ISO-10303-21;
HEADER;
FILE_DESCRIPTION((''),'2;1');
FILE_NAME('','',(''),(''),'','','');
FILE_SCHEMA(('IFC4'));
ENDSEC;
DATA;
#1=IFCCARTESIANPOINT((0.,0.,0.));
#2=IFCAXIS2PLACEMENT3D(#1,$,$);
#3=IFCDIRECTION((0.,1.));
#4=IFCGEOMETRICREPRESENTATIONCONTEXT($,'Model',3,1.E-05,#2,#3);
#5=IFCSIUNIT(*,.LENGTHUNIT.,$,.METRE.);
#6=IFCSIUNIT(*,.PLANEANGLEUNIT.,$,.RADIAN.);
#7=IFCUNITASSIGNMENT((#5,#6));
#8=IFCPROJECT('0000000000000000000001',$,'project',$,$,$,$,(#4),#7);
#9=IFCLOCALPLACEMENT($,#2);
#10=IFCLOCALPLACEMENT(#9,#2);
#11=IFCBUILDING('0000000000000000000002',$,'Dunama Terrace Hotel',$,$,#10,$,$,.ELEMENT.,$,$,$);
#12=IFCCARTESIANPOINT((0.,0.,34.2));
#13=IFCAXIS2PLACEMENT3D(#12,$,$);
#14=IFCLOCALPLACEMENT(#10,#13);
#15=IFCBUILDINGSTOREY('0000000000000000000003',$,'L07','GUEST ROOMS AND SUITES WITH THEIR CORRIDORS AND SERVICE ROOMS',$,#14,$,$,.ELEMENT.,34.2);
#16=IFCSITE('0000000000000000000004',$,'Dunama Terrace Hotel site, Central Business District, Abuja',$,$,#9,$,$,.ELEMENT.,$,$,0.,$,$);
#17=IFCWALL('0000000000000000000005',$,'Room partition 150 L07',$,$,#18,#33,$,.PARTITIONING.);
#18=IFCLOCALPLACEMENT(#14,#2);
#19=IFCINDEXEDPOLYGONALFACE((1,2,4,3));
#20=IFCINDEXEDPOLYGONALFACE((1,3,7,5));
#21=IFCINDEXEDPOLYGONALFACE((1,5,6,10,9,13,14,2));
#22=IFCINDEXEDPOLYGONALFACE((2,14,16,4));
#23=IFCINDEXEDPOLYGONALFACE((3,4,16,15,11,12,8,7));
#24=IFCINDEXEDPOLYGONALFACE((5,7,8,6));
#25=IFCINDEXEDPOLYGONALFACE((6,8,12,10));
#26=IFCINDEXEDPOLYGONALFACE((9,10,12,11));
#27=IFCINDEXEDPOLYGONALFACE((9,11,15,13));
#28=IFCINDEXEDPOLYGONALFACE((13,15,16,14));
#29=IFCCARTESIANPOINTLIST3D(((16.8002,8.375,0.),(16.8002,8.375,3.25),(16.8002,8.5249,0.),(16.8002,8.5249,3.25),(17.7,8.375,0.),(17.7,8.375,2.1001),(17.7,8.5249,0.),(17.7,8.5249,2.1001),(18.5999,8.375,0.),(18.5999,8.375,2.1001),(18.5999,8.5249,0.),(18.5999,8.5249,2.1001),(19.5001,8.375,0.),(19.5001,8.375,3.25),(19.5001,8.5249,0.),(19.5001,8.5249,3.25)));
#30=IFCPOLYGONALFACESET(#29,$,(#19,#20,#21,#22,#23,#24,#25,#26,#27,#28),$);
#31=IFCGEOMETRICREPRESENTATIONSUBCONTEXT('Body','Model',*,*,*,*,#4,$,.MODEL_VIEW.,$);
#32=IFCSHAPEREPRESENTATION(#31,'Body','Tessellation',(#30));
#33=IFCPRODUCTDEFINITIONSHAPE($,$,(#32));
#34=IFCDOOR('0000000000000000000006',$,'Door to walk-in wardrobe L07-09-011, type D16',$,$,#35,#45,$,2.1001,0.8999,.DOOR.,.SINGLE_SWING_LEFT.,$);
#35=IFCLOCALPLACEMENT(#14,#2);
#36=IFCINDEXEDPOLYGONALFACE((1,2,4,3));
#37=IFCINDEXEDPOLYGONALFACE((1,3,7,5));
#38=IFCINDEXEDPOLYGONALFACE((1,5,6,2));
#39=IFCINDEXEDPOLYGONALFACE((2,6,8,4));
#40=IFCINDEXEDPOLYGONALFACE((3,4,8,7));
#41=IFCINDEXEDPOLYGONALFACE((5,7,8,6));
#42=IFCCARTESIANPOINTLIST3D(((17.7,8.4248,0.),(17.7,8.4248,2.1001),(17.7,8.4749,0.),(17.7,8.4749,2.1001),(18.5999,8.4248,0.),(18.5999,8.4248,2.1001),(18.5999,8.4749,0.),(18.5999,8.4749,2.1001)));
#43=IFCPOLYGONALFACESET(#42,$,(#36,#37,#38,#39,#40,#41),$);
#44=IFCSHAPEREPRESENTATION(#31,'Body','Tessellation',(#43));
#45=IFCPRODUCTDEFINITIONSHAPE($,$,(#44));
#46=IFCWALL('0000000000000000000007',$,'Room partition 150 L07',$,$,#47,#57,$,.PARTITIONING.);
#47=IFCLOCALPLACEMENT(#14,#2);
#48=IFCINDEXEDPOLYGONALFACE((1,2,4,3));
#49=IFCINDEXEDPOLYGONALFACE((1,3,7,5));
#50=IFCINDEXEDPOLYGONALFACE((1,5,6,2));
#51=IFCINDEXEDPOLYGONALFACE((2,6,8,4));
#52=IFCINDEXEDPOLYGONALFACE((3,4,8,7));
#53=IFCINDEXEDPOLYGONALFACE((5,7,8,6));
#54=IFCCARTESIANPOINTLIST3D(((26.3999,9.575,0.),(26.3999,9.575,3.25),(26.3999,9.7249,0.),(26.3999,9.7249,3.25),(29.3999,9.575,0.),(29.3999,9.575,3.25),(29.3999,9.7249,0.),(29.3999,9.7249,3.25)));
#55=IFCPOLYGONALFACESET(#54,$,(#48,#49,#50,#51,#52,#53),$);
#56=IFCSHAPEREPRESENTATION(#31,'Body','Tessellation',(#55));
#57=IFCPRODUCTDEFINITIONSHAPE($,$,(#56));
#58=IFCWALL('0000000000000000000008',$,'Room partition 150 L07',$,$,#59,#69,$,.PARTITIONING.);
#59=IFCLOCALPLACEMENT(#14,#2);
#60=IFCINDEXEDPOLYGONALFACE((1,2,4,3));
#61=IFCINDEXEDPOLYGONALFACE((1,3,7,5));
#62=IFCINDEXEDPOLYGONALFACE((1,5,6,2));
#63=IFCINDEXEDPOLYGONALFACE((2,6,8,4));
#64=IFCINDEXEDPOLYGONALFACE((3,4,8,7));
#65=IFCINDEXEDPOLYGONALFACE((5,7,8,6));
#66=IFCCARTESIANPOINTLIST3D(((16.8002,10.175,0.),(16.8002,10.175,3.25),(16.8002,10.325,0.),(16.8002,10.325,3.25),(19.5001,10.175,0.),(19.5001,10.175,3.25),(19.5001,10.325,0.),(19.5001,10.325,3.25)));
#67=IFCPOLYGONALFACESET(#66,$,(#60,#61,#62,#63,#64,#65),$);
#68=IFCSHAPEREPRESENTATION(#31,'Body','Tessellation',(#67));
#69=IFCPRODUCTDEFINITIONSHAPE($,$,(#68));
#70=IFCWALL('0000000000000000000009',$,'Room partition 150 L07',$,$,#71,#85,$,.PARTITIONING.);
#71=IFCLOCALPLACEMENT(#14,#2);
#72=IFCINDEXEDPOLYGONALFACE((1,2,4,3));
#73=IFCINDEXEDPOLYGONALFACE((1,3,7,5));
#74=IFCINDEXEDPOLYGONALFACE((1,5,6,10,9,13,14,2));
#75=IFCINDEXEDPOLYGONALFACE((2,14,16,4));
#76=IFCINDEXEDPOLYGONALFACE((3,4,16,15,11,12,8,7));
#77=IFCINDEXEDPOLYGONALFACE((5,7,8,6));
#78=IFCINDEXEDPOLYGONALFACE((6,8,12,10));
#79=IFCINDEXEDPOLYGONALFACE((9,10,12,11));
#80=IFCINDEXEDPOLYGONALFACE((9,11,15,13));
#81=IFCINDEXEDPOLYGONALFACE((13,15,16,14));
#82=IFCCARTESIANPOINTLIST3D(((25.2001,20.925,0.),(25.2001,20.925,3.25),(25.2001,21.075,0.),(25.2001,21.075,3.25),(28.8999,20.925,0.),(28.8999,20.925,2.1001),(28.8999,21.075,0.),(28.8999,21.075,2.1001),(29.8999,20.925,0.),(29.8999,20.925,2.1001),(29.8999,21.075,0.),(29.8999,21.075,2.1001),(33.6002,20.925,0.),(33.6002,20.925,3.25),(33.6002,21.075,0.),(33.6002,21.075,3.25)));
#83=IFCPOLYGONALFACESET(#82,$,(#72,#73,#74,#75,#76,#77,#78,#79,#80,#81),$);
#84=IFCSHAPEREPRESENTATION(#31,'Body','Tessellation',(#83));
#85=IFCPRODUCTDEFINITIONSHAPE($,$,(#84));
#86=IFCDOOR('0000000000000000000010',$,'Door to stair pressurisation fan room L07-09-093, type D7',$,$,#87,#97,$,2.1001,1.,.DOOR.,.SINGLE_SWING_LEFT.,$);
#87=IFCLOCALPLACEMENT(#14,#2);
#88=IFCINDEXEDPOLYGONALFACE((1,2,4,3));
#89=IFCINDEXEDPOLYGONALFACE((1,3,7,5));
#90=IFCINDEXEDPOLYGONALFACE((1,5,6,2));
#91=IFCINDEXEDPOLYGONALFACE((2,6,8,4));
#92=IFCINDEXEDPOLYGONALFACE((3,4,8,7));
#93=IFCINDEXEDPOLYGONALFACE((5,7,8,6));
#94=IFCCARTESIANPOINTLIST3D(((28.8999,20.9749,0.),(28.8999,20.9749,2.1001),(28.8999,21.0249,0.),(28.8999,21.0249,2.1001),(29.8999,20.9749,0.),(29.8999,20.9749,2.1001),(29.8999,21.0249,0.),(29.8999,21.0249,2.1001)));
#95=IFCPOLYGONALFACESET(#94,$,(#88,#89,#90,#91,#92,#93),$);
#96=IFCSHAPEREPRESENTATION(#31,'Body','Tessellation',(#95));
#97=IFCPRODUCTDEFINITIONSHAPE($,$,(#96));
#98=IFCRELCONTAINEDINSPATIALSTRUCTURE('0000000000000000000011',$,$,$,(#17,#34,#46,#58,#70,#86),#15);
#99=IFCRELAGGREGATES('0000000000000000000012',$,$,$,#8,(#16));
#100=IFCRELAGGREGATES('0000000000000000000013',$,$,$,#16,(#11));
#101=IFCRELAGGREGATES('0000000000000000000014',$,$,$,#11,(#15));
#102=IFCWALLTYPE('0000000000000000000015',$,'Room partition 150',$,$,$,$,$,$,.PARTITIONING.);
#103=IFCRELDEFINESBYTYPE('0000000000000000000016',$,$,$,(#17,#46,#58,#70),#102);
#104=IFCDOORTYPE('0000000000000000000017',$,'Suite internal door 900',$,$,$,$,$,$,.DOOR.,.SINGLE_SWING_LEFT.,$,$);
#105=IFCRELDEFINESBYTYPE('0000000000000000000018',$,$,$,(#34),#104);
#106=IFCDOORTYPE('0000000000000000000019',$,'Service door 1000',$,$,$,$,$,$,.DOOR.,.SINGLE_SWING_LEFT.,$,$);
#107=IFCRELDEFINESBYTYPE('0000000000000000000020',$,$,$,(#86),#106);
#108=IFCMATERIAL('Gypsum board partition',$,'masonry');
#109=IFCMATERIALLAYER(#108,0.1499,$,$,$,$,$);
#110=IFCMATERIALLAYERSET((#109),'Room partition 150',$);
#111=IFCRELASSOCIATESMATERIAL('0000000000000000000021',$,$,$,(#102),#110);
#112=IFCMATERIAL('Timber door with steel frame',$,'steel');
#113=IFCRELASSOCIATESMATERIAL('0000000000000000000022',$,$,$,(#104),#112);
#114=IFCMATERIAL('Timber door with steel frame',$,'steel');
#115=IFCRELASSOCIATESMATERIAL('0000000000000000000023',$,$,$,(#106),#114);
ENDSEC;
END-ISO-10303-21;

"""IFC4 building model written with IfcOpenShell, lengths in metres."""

from ifc_helpers import new_model, si_unit, direction, frame, frame_2d, origin, place, context, subcontext, project, spatial, rectangle, extrude, material, layer, layer_set, type_object, element, fill, save


model = new_model("IFC4")

# Units and contexts
model_context = context("Model", 3, precision=1e-05, world=origin(), true_north=direction((0.0, 1.0)))
body_context = subcontext(model_context, "Body", "Model", "MODEL_VIEW")
ifc_project = project(units=[si_unit("LENGTHUNIT", "METRE"), si_unit("PLANEANGLEUNIT", "RADIAN")], contexts=[model_context])

# Site, building, storey
site_placement = place(None, origin())
site = spatial("IfcSite", under=ifc_project, at=site_placement, Name="Dunama Terrace Hotel site, Central Business District, Abuja", CompositionType="ELEMENT", RefElevation=0.0)
building_placement = place(site_placement, origin())
building = spatial("IfcBuilding", under=site, at=building_placement, Name="Dunama Terrace Hotel", CompositionType="ELEMENT")
storey_placement = place(building_placement, frame((0.0, 0.0, 34.2)))
storey = spatial("IfcBuildingStorey", under=building, at=storey_placement, Name="L07", Description="GUEST ROOMS AND SUITES WITH THEIR CORRIDORS AND SERVICE ROOMS", CompositionType="ELEMENT", Elevation=34.2)

# Shared definitions
ifc_material_1 = material(Name="Gypsum board partition", Category="masonry")
ifc_layer_1 = layer(ifc_material_1, 0.1499)
ifc_layer_set_1 = layer_set([ifc_layer_1], Name="Room partition 150")
wall_type_1 = type_object("IfcWallType", Name="Room partition 150", PredefinedType="PARTITIONING", material=ifc_layer_set_1)

# Wall, opening, door
wall_1_placement = place(storey_placement, frame((16.8, 8.45, 0.0), z_axis=(0.0, 0.0, 1.0), x_axis=(1.0, 0.0, 0.0)))
wall_1 = element("IfcWall", 1, at=wall_1_placement, inside=storey, type_object=wall_type_1, Name="Room partition 150 L07", PredefinedType="PARTITIONING", context=body_context, shape_type="SweptSolid", body=[
    extrude(rectangle(XDim=2.7, YDim=0.1499, at=frame_2d((1.3501, 0.0))), origin(), (0.0, 0.0, 1.0), 3.25),
])
opening_1_placement = place(wall_1_placement, frame((0.8999, 0.0, 0.0)))
opening_1 = element("IfcOpeningElement", 2, at=opening_1_placement, cuts=wall_1, PredefinedType="OPENING", context=body_context, shape_type="SweptSolid", body=[
    extrude(rectangle(XDim=0.8999, YDim=2.1001, at=frame_2d((0.45, 1.05))), frame((0.0, 0.085, 0.0), z_axis=(0.0, -1.0, 0.0), x_axis=(1.0, 0.0, 0.0)), (0.0, 0.0, 1.0), 0.1699),
])
ifc_material_2 = material(Name="Timber door with steel frame", Category="steel")
door_type_1 = type_object("IfcDoorType", Name="Suite internal door 900", OperationType="SINGLE_SWING_LEFT", PredefinedType="DOOR", material=ifc_material_2)
door_1_placement = place(opening_1_placement, origin())
door_1 = element("IfcDoor", 3, at=door_1_placement, inside=storey, type_object=door_type_1, Name="Door to walk-in wardrobe L07-09-011, type D16", OperationType="SINGLE_SWING_LEFT", OverallHeight=2.1001, OverallWidth=0.8999, PredefinedType="DOOR", context=body_context, shape_type="SweptSolid", body=[
    extrude(rectangle(XDim=0.8999, YDim=2.1001, at=frame_2d((0.45, 1.05))), frame((0.0, 0.0249, 0.0), z_axis=(0.0, -1.0, 0.0), x_axis=(1.0, 0.0, 0.0)), (0.0, 0.0, 1.0), 0.05),
])
fill(opening_1, door_1)

# Walls
wall_2_placement = place(storey_placement, frame((26.3999, 9.6499, 0.0), z_axis=(0.0, 0.0, 1.0), x_axis=(1.0, 0.0, 0.0)))
element("IfcWall", 4, at=wall_2_placement, inside=storey, type_object=wall_type_1, Name="Room partition 150 L07", PredefinedType="PARTITIONING", context=body_context, shape_type="SweptSolid", body=[
    extrude(rectangle(XDim=3.0, YDim=0.1499, at=frame_2d((1.5, 0.0))), origin(), (0.0, 0.0, 1.0), 3.25),
])
wall_3_placement = place(storey_placement, frame((16.8, 10.25, 0.0), z_axis=(0.0, 0.0, 1.0), x_axis=(1.0, 0.0, 0.0)))
element("IfcWall", 5, at=wall_3_placement, inside=storey, type_object=wall_type_1, Name="Room partition 150 L07", PredefinedType="PARTITIONING", context=body_context, shape_type="SweptSolid", body=[
    extrude(rectangle(XDim=2.7, YDim=0.1499, at=frame_2d((1.3501, 0.0))), origin(), (0.0, 0.0, 1.0), 3.25),
])

# Wall, opening, door
wall_4_placement = place(storey_placement, frame((25.2, 21.0, 0.0), z_axis=(0.0, 0.0, 1.0), x_axis=(1.0, 0.0, 0.0)))
wall_4 = element("IfcWall", 6, at=wall_4_placement, inside=storey, type_object=wall_type_1, Name="Room partition 150 L07", PredefinedType="PARTITIONING", context=body_context, shape_type="SweptSolid", body=[
    extrude(rectangle(XDim=8.4001, YDim=0.1499, at=frame_2d((4.2002, 0.0))), origin(), (0.0, 0.0, 1.0), 3.25),
])
opening_2_placement = place(wall_4_placement, frame((3.7, 0.0, 0.0)))
opening_2 = element("IfcOpeningElement", 7, at=opening_2_placement, cuts=wall_4, PredefinedType="OPENING", context=body_context, shape_type="SweptSolid", body=[
    extrude(rectangle(XDim=1.0, YDim=2.1001, at=frame_2d((0.5, 1.05))), frame((0.0, 0.085, 0.0), z_axis=(0.0, -1.0, 0.0), x_axis=(1.0, 0.0, 0.0)), (0.0, 0.0, 1.0), 0.1699),
])
ifc_material_3 = material(Name="Timber door with steel frame", Category="steel")
door_type_2 = type_object("IfcDoorType", Name="Service door 1000", OperationType="SINGLE_SWING_LEFT", PredefinedType="DOOR", material=ifc_material_3)
door_2_placement = place(opening_2_placement, origin())
door_2 = element("IfcDoor", 8, at=door_2_placement, inside=storey, type_object=door_type_2, Name="Door to stair pressurisation fan room L07-09-093, type D7", OperationType="SINGLE_SWING_LEFT", OverallHeight=2.1001, OverallWidth=1.0, PredefinedType="DOOR", context=body_context, shape_type="SweptSolid", body=[
    extrude(rectangle(XDim=1.0, YDim=2.1001, at=frame_2d((0.5, 1.05))), frame((0.0, 0.0249, 0.0), z_axis=(0.0, -1.0, 0.0), x_axis=(1.0, 0.0, 0.0)), (0.0, 0.0, 1.0), 0.05),
])
fill(opening_2, door_2)

save(model, "model.ifc")
